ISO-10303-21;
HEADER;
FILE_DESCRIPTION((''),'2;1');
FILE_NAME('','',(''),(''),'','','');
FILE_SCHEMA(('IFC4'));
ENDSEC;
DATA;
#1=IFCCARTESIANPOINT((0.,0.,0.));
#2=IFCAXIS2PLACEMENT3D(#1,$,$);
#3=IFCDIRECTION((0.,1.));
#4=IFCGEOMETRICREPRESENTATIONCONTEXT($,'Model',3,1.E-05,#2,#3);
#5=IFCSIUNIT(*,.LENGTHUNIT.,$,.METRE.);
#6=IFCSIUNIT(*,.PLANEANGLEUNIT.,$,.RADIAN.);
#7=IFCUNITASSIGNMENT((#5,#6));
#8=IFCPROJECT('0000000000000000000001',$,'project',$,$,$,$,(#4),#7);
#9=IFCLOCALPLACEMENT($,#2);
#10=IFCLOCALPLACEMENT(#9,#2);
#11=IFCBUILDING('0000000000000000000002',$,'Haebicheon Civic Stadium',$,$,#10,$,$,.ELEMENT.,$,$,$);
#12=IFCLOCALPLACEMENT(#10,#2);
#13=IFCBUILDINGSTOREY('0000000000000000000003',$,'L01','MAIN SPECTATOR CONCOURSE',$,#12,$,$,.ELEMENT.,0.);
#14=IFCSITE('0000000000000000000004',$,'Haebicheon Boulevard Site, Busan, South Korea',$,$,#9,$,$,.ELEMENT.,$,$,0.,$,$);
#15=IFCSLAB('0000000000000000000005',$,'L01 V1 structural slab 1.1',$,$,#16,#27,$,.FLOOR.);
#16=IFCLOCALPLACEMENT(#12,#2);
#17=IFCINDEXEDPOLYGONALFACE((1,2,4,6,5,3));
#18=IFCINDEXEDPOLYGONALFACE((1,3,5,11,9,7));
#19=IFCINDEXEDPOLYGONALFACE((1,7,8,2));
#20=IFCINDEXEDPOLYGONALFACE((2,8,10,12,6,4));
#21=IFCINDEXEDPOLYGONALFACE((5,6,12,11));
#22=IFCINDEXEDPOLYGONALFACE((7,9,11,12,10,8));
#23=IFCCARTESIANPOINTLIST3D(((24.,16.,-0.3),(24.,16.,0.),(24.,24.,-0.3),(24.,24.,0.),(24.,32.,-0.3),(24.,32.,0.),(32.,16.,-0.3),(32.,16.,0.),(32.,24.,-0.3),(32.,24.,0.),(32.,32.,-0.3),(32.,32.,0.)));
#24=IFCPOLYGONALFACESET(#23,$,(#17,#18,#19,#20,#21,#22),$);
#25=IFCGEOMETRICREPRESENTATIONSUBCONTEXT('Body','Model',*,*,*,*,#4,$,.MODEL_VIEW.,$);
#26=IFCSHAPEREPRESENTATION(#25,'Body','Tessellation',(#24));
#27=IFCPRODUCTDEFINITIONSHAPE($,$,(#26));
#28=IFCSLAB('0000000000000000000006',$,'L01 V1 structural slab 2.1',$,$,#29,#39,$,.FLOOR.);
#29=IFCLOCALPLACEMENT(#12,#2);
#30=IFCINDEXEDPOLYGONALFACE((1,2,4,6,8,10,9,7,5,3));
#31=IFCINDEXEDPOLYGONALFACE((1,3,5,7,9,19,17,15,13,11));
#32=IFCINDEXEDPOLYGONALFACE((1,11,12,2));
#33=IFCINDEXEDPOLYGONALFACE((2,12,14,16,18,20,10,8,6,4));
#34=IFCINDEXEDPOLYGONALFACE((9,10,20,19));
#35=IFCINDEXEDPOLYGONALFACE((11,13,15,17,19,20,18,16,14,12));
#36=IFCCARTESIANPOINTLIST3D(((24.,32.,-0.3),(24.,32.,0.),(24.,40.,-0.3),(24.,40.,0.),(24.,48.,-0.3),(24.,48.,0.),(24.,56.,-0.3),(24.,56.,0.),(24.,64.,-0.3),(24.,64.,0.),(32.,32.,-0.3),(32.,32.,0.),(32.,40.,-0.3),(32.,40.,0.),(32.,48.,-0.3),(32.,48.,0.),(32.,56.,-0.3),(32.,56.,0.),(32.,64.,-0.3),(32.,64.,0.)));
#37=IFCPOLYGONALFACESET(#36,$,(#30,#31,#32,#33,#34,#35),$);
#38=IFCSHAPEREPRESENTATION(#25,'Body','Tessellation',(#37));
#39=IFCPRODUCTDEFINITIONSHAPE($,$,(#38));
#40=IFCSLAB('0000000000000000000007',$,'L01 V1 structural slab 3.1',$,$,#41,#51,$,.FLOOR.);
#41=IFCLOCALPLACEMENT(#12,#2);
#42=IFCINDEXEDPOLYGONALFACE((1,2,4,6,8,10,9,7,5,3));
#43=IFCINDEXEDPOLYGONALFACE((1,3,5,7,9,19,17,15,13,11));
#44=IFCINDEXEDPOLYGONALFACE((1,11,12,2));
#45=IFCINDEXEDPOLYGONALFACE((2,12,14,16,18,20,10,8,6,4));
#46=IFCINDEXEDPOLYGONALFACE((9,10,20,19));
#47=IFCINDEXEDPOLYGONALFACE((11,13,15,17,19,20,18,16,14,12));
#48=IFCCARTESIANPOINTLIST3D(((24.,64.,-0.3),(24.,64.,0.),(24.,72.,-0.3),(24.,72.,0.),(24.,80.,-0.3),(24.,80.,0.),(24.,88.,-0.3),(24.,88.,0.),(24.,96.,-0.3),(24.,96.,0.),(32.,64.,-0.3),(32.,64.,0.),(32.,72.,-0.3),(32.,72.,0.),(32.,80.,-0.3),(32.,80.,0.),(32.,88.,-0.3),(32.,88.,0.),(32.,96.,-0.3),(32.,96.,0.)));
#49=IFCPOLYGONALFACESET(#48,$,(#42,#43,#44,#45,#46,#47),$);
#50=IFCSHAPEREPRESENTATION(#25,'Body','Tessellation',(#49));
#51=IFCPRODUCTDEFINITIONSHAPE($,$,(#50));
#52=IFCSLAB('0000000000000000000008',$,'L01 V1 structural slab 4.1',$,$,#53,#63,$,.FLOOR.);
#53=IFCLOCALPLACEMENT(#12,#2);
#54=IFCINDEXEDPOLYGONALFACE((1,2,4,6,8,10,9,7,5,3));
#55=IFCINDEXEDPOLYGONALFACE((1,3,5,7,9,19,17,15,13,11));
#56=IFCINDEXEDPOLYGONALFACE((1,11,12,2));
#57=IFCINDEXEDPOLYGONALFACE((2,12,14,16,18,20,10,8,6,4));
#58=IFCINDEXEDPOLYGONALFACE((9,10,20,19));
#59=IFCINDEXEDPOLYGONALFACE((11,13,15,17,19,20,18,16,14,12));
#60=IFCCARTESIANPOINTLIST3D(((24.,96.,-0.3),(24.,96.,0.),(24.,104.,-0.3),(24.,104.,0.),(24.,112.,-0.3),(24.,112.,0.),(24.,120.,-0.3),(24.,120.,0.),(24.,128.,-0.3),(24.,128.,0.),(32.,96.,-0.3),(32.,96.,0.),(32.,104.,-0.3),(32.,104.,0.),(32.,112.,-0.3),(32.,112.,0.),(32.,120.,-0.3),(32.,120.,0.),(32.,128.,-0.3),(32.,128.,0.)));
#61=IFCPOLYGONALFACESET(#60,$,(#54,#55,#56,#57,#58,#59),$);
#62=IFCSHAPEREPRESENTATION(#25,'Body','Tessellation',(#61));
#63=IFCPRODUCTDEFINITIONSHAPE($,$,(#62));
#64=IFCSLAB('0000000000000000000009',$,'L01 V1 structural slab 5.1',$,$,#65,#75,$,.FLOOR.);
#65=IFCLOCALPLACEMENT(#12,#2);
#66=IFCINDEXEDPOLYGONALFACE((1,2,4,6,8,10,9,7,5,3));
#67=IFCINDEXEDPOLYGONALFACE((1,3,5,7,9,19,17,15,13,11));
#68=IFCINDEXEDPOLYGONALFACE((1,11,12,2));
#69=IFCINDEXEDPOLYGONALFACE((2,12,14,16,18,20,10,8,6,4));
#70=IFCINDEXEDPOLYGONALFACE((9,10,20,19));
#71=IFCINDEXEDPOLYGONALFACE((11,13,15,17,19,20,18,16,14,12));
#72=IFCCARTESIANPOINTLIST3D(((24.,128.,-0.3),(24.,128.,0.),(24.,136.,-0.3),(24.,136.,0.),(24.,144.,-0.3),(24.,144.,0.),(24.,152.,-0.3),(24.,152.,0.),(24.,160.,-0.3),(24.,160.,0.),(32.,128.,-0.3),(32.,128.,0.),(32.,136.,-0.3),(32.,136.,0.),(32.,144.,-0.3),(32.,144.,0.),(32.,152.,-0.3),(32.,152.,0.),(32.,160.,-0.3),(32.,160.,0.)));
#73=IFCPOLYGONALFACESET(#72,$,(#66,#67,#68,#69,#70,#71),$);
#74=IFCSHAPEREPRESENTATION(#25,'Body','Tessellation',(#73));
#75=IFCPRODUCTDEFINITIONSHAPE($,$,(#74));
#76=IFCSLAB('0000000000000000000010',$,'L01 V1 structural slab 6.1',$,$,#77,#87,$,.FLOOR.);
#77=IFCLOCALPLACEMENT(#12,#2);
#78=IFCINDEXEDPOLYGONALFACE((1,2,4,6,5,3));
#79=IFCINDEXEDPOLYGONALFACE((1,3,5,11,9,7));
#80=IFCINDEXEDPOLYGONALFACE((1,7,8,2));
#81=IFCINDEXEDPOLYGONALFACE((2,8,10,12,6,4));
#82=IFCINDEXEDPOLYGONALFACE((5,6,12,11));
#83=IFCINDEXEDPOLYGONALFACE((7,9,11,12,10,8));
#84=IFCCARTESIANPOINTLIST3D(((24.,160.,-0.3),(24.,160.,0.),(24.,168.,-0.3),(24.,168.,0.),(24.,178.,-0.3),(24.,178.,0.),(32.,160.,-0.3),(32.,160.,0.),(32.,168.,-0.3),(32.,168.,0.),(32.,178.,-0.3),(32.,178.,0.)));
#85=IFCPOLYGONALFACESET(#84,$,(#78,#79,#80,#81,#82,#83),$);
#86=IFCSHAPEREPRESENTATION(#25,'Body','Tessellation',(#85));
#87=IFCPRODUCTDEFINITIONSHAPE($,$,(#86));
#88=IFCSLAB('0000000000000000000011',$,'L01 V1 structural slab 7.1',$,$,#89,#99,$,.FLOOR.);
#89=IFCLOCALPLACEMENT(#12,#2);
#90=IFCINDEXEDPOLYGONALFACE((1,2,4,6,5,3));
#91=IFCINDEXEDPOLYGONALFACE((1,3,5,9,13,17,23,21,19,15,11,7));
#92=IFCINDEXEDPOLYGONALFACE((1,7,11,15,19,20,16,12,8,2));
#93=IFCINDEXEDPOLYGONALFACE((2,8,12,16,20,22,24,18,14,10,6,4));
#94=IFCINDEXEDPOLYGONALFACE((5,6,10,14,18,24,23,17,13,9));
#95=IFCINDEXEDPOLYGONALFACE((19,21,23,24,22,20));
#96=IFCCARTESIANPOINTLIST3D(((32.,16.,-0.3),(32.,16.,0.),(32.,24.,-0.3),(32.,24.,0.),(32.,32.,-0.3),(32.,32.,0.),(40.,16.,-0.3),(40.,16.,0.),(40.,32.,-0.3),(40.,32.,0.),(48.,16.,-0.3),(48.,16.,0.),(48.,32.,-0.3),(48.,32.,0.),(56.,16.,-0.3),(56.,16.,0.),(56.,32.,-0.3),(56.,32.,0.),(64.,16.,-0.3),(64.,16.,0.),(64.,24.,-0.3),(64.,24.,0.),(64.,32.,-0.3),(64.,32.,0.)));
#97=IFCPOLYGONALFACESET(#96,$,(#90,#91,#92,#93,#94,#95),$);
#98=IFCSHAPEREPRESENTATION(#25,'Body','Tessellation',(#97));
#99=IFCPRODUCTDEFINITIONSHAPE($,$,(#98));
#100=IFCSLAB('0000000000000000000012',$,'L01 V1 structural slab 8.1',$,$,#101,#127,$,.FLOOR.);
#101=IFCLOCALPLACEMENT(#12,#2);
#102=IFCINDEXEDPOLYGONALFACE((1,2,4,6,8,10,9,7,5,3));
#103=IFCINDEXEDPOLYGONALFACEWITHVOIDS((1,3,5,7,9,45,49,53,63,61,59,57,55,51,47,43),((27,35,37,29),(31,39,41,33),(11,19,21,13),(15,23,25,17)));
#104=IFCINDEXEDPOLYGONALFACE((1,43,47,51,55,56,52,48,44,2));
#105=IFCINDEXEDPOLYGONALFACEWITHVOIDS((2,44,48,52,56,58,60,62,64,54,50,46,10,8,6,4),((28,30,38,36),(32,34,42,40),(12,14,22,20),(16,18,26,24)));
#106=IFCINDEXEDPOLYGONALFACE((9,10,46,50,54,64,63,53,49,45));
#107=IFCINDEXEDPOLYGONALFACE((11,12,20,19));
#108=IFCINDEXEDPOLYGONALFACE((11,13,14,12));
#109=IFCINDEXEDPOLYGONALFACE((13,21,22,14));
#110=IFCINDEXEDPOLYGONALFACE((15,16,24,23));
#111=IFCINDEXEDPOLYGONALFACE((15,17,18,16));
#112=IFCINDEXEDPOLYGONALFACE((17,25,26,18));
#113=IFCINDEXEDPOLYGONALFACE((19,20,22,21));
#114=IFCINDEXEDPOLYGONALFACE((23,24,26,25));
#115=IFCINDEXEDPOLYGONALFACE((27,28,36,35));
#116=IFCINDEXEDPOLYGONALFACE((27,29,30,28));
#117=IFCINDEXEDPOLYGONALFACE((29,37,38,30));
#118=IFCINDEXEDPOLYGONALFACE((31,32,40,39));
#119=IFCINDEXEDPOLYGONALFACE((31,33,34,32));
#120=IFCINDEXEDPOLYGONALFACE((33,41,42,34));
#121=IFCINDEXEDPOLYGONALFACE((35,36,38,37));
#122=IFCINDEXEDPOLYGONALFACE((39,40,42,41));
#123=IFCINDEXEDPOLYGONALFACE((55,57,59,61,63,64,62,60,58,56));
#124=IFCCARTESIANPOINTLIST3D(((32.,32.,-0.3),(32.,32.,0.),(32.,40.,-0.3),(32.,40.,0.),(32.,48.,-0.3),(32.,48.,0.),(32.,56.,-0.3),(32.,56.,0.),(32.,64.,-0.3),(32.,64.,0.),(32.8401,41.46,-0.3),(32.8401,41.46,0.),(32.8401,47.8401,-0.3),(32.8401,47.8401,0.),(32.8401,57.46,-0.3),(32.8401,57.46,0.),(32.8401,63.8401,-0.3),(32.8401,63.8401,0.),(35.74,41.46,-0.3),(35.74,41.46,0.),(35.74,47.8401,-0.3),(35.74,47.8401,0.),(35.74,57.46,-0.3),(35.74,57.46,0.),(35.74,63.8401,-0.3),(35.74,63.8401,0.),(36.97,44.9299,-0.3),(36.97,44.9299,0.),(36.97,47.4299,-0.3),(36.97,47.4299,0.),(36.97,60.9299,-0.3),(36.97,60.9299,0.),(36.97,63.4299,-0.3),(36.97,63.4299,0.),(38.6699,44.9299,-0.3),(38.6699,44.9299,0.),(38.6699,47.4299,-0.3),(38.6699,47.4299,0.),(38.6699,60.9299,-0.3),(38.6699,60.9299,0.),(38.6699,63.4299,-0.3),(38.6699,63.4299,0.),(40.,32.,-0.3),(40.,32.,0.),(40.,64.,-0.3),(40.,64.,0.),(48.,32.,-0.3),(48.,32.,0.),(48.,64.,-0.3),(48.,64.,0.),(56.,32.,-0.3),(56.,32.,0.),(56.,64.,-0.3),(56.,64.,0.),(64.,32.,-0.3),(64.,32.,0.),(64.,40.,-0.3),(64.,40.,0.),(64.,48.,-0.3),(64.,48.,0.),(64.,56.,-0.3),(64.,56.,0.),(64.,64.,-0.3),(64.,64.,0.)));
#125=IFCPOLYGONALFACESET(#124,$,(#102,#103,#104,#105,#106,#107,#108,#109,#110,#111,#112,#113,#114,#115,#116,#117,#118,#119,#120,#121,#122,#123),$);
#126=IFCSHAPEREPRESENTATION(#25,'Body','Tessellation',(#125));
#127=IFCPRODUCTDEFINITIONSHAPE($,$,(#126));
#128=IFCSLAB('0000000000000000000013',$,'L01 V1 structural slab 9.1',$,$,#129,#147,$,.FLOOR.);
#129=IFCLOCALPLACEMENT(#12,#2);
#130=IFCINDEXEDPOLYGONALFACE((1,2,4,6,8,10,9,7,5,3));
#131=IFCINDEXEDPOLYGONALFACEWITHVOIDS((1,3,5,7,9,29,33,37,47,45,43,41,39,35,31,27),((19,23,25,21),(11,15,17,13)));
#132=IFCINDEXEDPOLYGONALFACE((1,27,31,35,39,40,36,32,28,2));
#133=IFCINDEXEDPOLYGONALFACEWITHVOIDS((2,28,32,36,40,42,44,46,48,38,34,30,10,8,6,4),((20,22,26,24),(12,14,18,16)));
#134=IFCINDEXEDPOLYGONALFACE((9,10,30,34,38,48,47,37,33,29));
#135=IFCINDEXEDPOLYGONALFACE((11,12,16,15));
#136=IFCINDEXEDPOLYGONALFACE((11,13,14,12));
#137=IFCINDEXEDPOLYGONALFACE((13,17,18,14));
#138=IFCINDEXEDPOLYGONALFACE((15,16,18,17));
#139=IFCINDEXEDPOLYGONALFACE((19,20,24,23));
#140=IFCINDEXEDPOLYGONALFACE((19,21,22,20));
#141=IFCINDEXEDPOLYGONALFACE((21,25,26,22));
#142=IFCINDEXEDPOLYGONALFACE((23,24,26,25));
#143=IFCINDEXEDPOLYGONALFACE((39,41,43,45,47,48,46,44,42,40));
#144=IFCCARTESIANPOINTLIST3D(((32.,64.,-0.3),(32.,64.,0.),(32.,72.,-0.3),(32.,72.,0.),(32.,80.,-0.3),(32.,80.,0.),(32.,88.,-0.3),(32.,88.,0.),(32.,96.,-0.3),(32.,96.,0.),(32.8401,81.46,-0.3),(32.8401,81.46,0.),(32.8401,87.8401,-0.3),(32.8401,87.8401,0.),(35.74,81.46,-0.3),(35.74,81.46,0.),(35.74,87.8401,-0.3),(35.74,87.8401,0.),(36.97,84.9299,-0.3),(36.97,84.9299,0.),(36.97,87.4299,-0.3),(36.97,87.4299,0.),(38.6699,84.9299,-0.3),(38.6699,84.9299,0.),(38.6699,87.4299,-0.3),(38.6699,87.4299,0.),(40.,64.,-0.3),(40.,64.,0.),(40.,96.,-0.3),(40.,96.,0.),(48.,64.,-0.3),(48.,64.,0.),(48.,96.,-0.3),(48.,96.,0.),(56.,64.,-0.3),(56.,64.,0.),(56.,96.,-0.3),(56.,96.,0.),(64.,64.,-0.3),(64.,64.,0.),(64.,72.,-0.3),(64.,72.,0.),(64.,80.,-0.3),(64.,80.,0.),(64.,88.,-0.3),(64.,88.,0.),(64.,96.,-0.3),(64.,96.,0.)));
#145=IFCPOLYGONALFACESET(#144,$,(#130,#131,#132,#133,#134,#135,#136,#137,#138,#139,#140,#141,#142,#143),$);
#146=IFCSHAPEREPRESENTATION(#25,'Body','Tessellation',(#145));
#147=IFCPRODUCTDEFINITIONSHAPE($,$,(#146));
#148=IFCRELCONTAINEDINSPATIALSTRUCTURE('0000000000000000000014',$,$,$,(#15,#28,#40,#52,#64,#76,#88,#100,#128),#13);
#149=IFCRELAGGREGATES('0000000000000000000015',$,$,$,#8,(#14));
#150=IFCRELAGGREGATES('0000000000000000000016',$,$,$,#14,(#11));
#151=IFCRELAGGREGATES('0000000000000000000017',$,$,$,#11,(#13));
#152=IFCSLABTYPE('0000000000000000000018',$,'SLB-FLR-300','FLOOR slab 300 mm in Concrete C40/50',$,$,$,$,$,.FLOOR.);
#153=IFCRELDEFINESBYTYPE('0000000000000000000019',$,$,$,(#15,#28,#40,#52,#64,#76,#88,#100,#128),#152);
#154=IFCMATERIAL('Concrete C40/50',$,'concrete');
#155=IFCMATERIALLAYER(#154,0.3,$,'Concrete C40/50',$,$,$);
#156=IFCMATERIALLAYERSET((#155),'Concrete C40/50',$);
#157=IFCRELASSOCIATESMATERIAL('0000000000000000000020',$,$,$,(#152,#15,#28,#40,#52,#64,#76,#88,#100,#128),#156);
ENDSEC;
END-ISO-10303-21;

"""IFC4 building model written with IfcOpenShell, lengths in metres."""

from ifc_helpers import new_model, si_unit, direction, frame, origin, place, context, subcontext, project, spatial, polyline, outline, extrude, material, layer, layer_set, type_object, element, save


model = new_model("IFC4")

# Units and contexts
model_context = context("Model", 3, precision=1e-05, world=origin(), true_north=direction((0.0, 1.0)))
body_context = subcontext(model_context, "Body", "Model", "MODEL_VIEW")
ifc_project = project(units=[si_unit("LENGTHUNIT", "METRE"), si_unit("PLANEANGLEUNIT", "RADIAN")], contexts=[model_context])

# Site, building, storey
site_placement = place(None, origin())
site = spatial("IfcSite", under=ifc_project, at=site_placement, Name="Haebicheon Boulevard Site, Busan, South Korea", CompositionType="ELEMENT", RefElevation=0.0)
building_placement = place(site_placement, origin())
building = spatial("IfcBuilding", under=site, at=building_placement, Name="Haebicheon Civic Stadium", CompositionType="ELEMENT")
storey_placement = place(building_placement, origin())
storey = spatial("IfcBuildingStorey", under=building, at=storey_placement, Name="L01", Description="MAIN SPECTATOR CONCOURSE", CompositionType="ELEMENT", Elevation=0.0)

# Slabs
ifc_material_1 = material(Name="Concrete C40/50", Category="concrete")
ifc_layer_1 = layer(ifc_material_1, 0.3, Name="Concrete C40/50")
ifc_layer_set_1 = layer_set([ifc_layer_1], Name="Concrete C40/50")
slab_type_1 = type_object("IfcSlabType", Name="SLB-FLR-300", Description="FLOOR slab 300 mm in Concrete C40/50", PredefinedType="FLOOR", material=ifc_layer_set_1)
slab_1_placement = place(storey_placement, frame((0.0, 0.0, -0.3)))
element("IfcSlab", 1, at=slab_1_placement, inside=storey, type_object=slab_type_1, material=ifc_layer_set_1, Name="L01 V1 structural slab 1.1", PredefinedType="FLOOR", context=body_context, shape_type="SweptSolid", body=[
    extrude(outline(polyline([(32.0, 16.0), (24.0, 16.0), (24.0, 24.0), (24.0, 32.0), (32.0, 32.0), (32.0, 24.0), (32.0, 16.0)])), origin(), (0.0, 0.0, 1.0), 0.3),
])
slab_2_placement = place(storey_placement, frame((0.0, 0.0, -0.3)))
element("IfcSlab", 2, at=slab_2_placement, inside=storey, type_object=slab_type_1, material=ifc_layer_set_1, Name="L01 V1 structural slab 2.1", PredefinedType="FLOOR", context=body_context, shape_type="SweptSolid", body=[
    extrude(outline(polyline([(24.0, 32.0), (24.0, 40.0), (24.0, 48.0), (24.0, 56.0), (24.0, 64.0), (32.0, 64.0), (32.0, 56.0), (32.0, 48.0), (32.0, 40.0), (32.0, 32.0), (24.0, 32.0)])), origin(), (0.0, 0.0, 1.0), 0.3),
])
slab_3_placement = place(storey_placement, frame((0.0, 0.0, -0.3)))
element("IfcSlab", 3, at=slab_3_placement, inside=storey, type_object=slab_type_1, material=ifc_layer_set_1, Name="L01 V1 structural slab 3.1", PredefinedType="FLOOR", context=body_context, shape_type="SweptSolid", body=[
    extrude(outline(polyline([(24.0, 64.0), (24.0, 72.0), (24.0, 80.0), (24.0, 88.0), (24.0, 96.0), (32.0, 96.0), (32.0, 88.0), (32.0, 80.0), (32.0, 72.0), (32.0, 64.0), (24.0, 64.0)])), origin(), (0.0, 0.0, 1.0), 0.3),
])
slab_4_placement = place(storey_placement, frame((0.0, 0.0, -0.3)))
element("IfcSlab", 4, at=slab_4_placement, inside=storey, type_object=slab_type_1, material=ifc_layer_set_1, Name="L01 V1 structural slab 4.1", PredefinedType="FLOOR", context=body_context, shape_type="SweptSolid", body=[
    extrude(outline(polyline([(24.0, 96.0), (24.0, 104.0), (24.0, 112.0), (24.0, 120.0), (24.0, 128.0), (32.0, 128.0), (32.0, 120.0), (32.0, 112.0), (32.0, 104.0), (32.0, 96.0), (24.0, 96.0)])), origin(), (0.0, 0.0, 1.0), 0.3),
])
slab_5_placement = place(storey_placement, frame((0.0, 0.0, -0.3)))
element("IfcSlab", 5, at=slab_5_placement, inside=storey, type_object=slab_type_1, material=ifc_layer_set_1, Name="L01 V1 structural slab 5.1", PredefinedType="FLOOR", context=body_context, shape_type="SweptSolid", body=[
    extrude(outline(polyline([(24.0, 128.0), (24.0, 136.0), (24.0, 144.0), (24.0, 152.0), (24.0, 160.0), (32.0, 160.0), (32.0, 152.0), (32.0, 144.0), (32.0, 136.0), (32.0, 128.0), (24.0, 128.0)])), origin(), (0.0, 0.0, 1.0), 0.3),
])
slab_6_placement = place(storey_placement, frame((0.0, 0.0, -0.3)))
element("IfcSlab", 6, at=slab_6_placement, inside=storey, type_object=slab_type_1, material=ifc_layer_set_1, Name="L01 V1 structural slab 6.1", PredefinedType="FLOOR", context=body_context, shape_type="SweptSolid", body=[
    extrude(outline(polyline([(32.0, 160.0), (24.0, 160.0), (24.0, 168.0), (24.0, 178.0), (32.0, 178.0), (32.0, 168.0), (32.0, 160.0)])), origin(), (0.0, 0.0, 1.0), 0.3),
])
slab_7_placement = place(storey_placement, frame((0.0, 0.0, -0.3)))
element("IfcSlab", 7, at=slab_7_placement, inside=storey, type_object=slab_type_1, material=ifc_layer_set_1, Name="L01 V1 structural slab 7.1", PredefinedType="FLOOR", context=body_context, shape_type="SweptSolid", body=[
    extrude(outline(polyline([(64.0, 16.0), (56.0, 16.0), (48.0, 16.0), (40.0, 16.0), (32.0, 16.0), (32.0, 24.0), (32.0, 32.0), (40.0, 32.0), (48.0, 32.0), (56.0, 32.0), (64.0, 32.0), (64.0, 24.0), (64.0, 16.0)])), origin(), (0.0, 0.0, 1.0), 0.3),
])
slab_8_placement = place(storey_placement, frame((0.0, 0.0, -0.3)))
element("IfcSlab", 8, at=slab_8_placement, inside=storey, type_object=slab_type_1, material=ifc_layer_set_1, Name="L01 V1 structural slab 8.1", PredefinedType="FLOOR", context=body_context, shape_type="SweptSolid", body=[
    extrude(outline(polyline([(32.0, 56.0), (32.0, 64.0), (40.0, 64.0), (48.0, 64.0), (56.0, 64.0), (64.0, 64.0), (64.0, 56.0), (64.0, 48.0), (64.0, 40.0), (64.0, 32.0), (56.0, 32.0), (48.0, 32.0), (40.0, 32.0), (32.0, 32.0), (32.0, 40.0), (32.0, 48.0), (32.0, 56.0)]), holes=[polyline([(32.8401, 41.46), (35.74, 41.46), (35.74, 47.8401), (32.8401, 47.8401), (32.8401, 41.46)]), polyline([(36.97, 44.9299), (38.6699, 44.9299), (38.6699, 47.4299), (36.97, 47.4299), (36.97, 44.9299)]), polyline([(32.8401, 57.46), (35.74, 57.46), (35.74, 63.8401), (32.8401, 63.8401), (32.8401, 57.46)]), polyline([(36.97, 60.9299), (38.6699, 60.9299), (38.6699, 63.4299), (36.97, 63.4299), (36.97, 60.9299)])]), origin(), (0.0, 0.0, 1.0), 0.3),
])
slab_9_placement = place(storey_placement, frame((0.0, 0.0, -0.3)))
element("IfcSlab", 9, at=slab_9_placement, inside=storey, type_object=slab_type_1, material=ifc_layer_set_1, Name="L01 V1 structural slab 9.1", PredefinedType="FLOOR", context=body_context, shape_type="SweptSolid", body=[
    extrude(outline(polyline([(32.0, 88.0), (32.0, 96.0), (40.0, 96.0), (48.0, 96.0), (56.0, 96.0), (64.0, 96.0), (64.0, 88.0), (64.0, 80.0), (64.0, 72.0), (64.0, 64.0), (56.0, 64.0), (48.0, 64.0), (40.0, 64.0), (32.0, 64.0), (32.0, 72.0), (32.0, 80.0), (32.0, 88.0)]), holes=[polyline([(32.8401, 81.46), (35.74, 81.46), (35.74, 87.8401), (32.8401, 87.8401), (32.8401, 81.46)]), polyline([(36.97, 84.9299), (38.6699, 84.9299), (38.6699, 87.4299), (36.97, 87.4299), (36.97, 84.9299)])]), origin(), (0.0, 0.0, 1.0), 0.3),
])

save(model, "model.ifc")
